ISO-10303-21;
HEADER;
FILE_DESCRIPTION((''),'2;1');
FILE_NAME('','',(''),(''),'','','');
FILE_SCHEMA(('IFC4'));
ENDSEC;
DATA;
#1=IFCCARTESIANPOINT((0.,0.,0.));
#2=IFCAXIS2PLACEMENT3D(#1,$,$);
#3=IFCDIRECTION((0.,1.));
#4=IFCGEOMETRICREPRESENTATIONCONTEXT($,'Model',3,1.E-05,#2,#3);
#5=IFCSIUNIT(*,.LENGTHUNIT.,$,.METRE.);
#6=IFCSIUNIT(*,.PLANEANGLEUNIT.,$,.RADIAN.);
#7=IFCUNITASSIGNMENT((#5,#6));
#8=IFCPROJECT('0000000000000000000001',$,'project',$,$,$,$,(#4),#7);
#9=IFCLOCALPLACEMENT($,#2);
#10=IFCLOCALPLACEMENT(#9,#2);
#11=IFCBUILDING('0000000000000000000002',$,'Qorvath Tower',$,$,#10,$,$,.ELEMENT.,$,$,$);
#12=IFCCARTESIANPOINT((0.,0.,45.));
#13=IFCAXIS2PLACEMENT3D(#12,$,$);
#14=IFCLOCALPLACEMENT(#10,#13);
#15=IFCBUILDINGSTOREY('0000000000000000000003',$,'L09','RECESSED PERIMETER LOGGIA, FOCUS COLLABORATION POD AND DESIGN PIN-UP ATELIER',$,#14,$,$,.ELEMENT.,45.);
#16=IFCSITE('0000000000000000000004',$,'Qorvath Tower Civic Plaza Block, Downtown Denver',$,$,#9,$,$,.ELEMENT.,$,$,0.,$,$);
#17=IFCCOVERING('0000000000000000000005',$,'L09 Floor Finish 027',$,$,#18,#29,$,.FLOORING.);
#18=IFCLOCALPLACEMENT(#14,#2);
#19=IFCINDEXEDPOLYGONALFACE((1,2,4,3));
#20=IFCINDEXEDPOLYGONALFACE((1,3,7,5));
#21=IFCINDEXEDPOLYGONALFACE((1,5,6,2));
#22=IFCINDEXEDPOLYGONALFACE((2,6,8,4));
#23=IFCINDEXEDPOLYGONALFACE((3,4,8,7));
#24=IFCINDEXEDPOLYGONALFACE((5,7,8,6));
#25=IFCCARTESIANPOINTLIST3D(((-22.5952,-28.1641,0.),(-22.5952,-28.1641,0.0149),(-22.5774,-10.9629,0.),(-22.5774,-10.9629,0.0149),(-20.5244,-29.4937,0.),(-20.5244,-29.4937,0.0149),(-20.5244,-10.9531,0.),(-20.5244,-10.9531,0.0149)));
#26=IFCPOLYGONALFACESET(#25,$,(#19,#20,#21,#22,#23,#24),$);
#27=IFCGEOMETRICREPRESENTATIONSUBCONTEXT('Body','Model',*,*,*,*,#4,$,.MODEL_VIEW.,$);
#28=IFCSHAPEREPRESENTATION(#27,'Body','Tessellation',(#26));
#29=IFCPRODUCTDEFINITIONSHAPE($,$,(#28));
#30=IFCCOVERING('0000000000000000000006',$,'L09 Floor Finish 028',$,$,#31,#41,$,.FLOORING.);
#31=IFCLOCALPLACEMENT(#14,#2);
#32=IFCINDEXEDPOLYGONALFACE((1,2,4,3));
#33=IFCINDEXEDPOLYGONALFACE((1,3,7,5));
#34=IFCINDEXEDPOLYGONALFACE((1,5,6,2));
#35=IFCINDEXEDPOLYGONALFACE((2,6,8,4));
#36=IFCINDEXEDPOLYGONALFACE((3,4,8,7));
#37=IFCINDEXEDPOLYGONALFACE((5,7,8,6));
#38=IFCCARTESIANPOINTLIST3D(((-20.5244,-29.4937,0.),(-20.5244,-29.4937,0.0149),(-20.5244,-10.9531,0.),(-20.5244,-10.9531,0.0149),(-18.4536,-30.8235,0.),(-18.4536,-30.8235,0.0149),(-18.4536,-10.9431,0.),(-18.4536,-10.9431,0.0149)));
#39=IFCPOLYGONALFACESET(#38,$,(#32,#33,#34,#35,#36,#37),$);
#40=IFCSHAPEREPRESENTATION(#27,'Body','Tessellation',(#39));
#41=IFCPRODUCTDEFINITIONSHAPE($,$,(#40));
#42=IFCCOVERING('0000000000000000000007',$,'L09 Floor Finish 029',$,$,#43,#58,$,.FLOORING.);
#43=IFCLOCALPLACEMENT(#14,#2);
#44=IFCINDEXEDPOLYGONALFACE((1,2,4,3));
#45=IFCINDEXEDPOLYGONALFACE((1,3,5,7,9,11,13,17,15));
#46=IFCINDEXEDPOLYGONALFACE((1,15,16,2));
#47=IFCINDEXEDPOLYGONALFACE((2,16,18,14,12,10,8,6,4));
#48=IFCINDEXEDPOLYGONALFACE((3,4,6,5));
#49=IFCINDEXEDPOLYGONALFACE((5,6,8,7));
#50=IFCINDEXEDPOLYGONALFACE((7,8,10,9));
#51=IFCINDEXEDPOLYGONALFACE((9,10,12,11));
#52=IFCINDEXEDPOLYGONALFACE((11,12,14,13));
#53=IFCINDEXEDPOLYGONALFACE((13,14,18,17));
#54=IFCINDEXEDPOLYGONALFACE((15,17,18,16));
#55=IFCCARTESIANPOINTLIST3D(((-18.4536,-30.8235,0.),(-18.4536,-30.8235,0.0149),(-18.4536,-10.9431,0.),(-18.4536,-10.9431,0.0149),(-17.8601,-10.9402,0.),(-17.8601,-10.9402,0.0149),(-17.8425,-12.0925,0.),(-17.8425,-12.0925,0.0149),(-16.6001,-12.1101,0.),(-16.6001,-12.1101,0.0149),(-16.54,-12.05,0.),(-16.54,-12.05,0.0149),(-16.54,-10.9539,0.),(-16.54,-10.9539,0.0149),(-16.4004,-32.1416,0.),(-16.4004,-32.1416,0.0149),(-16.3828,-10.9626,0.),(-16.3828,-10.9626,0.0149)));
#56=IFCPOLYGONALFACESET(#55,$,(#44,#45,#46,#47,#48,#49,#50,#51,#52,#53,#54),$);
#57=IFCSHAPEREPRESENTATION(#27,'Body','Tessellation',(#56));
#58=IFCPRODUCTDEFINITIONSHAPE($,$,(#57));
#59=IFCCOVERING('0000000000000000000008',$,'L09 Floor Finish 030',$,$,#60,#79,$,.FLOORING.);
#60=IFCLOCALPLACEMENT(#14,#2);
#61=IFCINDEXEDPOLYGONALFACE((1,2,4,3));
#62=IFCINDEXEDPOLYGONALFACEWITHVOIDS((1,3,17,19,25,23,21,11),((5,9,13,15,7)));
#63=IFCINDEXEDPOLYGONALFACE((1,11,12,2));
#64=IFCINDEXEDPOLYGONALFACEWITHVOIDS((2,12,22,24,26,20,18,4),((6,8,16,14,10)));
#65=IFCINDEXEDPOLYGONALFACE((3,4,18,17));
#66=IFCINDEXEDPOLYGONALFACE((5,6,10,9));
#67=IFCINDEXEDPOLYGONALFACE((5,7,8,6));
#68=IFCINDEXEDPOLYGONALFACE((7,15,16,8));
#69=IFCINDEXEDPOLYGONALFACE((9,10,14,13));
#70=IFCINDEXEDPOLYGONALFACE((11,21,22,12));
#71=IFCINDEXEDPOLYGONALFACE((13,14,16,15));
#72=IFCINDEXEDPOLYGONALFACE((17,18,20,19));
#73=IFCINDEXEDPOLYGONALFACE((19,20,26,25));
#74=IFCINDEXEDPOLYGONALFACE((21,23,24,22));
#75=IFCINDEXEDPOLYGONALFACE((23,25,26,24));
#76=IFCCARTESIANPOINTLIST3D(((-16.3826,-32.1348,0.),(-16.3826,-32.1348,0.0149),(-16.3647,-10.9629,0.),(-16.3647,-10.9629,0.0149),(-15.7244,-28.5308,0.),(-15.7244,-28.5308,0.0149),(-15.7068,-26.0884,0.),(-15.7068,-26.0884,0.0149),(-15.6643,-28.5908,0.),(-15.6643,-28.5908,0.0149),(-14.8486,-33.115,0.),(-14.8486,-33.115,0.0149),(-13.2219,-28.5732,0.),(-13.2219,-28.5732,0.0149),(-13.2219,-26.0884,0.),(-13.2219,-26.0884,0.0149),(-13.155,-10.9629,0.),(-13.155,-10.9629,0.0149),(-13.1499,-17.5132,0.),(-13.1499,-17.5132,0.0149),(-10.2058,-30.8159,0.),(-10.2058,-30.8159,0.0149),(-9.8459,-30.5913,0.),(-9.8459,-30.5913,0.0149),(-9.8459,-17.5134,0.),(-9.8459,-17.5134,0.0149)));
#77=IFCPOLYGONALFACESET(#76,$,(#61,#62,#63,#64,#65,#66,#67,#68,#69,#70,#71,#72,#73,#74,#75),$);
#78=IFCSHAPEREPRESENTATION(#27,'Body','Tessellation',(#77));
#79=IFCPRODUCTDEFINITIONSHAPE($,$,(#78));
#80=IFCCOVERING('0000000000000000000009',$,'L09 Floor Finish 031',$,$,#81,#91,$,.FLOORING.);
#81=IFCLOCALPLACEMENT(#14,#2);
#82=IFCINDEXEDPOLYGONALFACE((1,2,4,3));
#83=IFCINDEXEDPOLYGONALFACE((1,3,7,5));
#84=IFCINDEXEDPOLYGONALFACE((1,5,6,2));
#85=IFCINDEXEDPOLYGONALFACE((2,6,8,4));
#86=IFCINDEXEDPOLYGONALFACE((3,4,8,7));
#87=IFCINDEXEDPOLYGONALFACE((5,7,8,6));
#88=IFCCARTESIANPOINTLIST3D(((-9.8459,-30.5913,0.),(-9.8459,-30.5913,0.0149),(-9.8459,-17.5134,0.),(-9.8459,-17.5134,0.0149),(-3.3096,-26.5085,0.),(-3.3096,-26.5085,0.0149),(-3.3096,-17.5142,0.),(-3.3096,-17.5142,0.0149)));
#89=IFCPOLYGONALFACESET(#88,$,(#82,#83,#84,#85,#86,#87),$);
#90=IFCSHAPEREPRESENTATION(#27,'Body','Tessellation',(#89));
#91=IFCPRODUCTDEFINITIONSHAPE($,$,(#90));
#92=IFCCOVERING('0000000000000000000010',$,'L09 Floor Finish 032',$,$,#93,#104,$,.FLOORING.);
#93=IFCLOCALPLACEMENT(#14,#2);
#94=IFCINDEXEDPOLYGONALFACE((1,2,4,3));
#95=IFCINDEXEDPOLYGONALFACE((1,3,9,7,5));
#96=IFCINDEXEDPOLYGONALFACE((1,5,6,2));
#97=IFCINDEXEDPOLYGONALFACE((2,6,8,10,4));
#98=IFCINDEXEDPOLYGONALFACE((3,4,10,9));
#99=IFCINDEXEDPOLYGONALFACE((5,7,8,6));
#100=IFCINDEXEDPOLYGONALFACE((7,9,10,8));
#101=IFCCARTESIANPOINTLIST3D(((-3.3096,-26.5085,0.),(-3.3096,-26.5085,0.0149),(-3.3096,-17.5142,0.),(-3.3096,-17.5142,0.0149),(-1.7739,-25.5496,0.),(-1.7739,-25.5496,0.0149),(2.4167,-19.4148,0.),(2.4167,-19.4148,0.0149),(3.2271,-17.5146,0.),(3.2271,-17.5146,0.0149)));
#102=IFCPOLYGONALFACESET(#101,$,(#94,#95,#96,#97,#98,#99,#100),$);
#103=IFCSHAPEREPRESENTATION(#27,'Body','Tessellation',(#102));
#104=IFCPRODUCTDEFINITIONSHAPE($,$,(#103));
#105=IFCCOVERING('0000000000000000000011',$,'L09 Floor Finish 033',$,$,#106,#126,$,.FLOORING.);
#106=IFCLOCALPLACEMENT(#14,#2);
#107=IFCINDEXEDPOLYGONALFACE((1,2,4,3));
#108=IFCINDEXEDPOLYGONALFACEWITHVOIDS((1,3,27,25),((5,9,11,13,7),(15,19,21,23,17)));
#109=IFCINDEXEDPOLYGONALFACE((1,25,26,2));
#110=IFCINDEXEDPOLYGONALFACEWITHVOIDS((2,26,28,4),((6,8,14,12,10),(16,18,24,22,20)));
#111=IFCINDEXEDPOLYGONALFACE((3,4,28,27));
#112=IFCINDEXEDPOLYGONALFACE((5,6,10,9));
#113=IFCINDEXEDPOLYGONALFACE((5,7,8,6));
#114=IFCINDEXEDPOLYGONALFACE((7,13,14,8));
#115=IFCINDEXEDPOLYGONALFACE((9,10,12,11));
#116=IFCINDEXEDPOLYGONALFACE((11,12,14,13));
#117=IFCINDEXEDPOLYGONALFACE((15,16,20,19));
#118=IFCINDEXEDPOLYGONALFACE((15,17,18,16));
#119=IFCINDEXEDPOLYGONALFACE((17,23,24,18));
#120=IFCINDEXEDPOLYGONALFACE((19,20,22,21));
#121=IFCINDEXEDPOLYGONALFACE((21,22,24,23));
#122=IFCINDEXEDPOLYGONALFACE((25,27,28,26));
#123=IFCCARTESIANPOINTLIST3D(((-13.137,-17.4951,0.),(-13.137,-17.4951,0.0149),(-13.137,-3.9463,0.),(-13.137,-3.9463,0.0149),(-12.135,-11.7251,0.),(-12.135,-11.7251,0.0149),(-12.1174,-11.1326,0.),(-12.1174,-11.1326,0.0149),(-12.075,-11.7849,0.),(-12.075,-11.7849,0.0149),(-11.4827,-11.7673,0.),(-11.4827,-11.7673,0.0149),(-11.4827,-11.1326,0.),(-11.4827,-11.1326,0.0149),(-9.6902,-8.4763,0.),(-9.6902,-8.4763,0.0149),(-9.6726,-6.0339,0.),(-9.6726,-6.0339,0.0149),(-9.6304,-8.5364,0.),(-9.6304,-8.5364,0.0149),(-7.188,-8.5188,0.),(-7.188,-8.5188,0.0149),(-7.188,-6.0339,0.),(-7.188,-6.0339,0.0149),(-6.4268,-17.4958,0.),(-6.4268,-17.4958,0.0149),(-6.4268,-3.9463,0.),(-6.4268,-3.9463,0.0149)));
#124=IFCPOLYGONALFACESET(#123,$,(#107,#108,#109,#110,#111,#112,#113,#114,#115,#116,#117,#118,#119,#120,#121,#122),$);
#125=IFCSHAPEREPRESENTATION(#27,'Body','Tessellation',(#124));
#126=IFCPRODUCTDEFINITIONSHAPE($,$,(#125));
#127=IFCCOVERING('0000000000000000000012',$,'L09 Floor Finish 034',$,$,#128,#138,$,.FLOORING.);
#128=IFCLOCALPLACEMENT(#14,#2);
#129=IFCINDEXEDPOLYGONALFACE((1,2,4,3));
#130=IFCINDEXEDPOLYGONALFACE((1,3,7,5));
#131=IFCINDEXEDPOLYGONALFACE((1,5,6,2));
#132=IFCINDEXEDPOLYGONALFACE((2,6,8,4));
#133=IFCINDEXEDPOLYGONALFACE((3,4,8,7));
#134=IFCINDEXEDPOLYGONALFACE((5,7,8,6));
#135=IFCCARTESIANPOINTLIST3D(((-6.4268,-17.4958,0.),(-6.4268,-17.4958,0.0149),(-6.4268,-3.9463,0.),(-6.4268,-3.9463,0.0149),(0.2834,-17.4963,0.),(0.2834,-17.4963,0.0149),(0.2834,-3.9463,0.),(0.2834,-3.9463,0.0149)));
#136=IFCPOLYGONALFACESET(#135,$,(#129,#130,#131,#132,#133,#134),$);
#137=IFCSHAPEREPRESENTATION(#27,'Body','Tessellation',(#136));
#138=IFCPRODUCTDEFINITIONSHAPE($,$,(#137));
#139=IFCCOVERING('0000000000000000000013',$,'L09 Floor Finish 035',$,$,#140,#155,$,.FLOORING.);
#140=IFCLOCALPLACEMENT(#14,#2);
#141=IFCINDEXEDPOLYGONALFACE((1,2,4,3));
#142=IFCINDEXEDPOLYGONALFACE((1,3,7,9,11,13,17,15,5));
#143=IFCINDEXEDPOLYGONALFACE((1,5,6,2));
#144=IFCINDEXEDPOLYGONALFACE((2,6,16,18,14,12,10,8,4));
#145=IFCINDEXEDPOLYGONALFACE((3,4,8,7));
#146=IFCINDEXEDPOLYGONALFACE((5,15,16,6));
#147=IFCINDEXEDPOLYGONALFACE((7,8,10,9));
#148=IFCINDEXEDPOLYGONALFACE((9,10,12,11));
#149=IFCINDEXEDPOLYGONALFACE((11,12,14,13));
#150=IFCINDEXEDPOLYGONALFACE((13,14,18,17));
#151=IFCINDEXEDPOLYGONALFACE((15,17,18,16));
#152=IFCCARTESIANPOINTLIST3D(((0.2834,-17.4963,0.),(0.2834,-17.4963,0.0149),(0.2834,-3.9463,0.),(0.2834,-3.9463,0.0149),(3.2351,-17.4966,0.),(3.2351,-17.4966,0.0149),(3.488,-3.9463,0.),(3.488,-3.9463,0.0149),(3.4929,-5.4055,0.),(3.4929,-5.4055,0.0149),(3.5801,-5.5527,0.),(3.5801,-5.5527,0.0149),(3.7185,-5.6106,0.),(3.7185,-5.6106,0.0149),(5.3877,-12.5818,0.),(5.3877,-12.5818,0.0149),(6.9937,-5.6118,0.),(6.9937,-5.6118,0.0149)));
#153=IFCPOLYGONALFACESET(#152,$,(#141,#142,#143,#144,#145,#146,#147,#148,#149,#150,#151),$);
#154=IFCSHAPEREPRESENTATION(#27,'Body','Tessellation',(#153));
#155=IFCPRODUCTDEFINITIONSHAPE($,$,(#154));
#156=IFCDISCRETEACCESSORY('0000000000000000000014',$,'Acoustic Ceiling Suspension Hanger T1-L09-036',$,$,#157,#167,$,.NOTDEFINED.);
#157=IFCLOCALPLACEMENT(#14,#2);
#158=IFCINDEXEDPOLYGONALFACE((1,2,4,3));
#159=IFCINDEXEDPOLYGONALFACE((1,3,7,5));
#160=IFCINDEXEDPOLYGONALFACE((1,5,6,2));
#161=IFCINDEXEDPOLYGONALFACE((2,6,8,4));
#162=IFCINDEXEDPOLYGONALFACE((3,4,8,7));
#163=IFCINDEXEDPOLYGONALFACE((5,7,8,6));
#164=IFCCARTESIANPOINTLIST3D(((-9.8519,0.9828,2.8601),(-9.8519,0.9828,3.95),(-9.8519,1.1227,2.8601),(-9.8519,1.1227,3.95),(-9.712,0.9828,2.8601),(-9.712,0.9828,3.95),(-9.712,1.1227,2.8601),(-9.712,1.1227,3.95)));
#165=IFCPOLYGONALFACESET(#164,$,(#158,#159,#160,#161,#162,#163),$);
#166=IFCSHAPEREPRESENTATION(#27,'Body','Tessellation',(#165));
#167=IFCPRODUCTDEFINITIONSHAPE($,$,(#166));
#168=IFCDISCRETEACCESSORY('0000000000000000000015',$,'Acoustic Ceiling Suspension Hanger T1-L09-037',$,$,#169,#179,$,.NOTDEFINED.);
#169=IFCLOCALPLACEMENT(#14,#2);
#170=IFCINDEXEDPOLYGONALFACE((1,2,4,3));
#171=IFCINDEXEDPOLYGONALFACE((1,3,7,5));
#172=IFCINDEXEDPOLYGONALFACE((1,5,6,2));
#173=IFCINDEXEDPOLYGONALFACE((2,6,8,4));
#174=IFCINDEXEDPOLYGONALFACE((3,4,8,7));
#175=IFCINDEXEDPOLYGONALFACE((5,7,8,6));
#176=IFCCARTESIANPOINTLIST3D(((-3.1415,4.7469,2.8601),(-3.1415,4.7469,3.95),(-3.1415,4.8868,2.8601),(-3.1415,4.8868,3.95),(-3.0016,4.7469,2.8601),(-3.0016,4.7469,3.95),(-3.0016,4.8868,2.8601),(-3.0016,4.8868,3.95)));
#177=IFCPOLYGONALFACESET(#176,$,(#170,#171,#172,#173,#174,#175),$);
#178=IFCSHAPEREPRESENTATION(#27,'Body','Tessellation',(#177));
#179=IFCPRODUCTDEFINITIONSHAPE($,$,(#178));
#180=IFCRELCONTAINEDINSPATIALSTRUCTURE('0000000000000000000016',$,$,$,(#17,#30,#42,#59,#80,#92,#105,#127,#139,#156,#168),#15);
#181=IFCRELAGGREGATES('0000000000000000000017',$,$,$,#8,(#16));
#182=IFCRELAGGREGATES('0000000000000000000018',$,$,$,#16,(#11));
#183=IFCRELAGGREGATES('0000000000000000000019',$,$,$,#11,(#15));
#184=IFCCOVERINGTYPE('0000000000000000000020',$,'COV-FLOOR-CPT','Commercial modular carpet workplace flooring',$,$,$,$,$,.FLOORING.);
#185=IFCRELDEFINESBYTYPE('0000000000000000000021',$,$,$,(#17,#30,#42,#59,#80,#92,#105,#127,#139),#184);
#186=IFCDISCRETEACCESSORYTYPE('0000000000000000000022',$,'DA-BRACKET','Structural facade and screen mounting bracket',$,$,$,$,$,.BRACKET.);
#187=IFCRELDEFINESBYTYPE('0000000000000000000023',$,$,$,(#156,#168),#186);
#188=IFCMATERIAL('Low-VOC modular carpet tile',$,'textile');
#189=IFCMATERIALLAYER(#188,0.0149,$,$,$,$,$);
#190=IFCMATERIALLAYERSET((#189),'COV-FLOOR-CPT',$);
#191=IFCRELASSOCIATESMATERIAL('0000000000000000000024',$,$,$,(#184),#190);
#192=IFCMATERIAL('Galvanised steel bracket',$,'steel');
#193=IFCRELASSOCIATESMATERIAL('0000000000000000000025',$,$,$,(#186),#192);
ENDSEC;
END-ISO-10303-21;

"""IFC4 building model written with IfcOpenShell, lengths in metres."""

from ifc_helpers import new_model, si_unit, direction, frame, origin, origin_2d, place, context, subcontext, project, spatial, polyline, rectangle, outline, extrude, material, layer, layer_set, type_object, element, save


model = new_model("IFC4")

# Units and contexts
model_context = context("Model", 3, precision=1e-05, world=origin(), true_north=direction((0.0, 1.0)))
body_context = subcontext(model_context, "Body", "Model", "MODEL_VIEW")
ifc_project = project(units=[si_unit("LENGTHUNIT", "METRE"), si_unit("PLANEANGLEUNIT", "RADIAN")], contexts=[model_context])

# Site, building, storey
site_placement = place(None, origin())
site = spatial("IfcSite", under=ifc_project, at=site_placement, Name="Qorvath Tower Civic Plaza Block, Downtown Denver", CompositionType="ELEMENT", RefElevation=0.0)
building_placement = place(site_placement, origin())
building = spatial("IfcBuilding", under=site, at=building_placement, Name="Qorvath Tower", CompositionType="ELEMENT")
storey_placement = place(building_placement, frame((0.0, 0.0, 45.0)))
storey = spatial("IfcBuildingStorey", under=building, at=storey_placement, Name="L09", Description="RECESSED PERIMETER LOGGIA, FOCUS COLLABORATION POD AND DESIGN PIN-UP ATELIER", CompositionType="ELEMENT", Elevation=45.0)

# Coverings
ifc_material_1 = material(Name="Low-VOC modular carpet tile", Category="textile")
ifc_layer_1 = layer(ifc_material_1, 0.0149)
ifc_layer_set_1 = layer_set([ifc_layer_1], Name="COV-FLOOR-CPT")
covering_type_1 = type_object("IfcCoveringType", Name="COV-FLOOR-CPT", Description="Commercial modular carpet workplace flooring", PredefinedType="FLOORING", material=ifc_layer_set_1)
covering_1_placement = place(storey_placement, origin())
element("IfcCovering", 1, at=covering_1_placement, inside=storey, type_object=covering_type_1, Name="L09 Floor Finish 027", PredefinedType="FLOORING", context=body_context, shape_type="SweptSolid", body=[
    extrude(outline(polyline([(-20.5244, -29.4937), (-20.5244, -10.9531), (-22.5774, -10.9629), (-22.5952, -28.1641), (-20.5244, -29.4937)])), origin(), (0.0, 0.0, 1.0), 0.0149),
])
covering_2_placement = place(storey_placement, origin())
element("IfcCovering", 2, at=covering_2_placement, inside=storey, type_object=covering_type_1, Name="L09 Floor Finish 028", PredefinedType="FLOORING", context=body_context, shape_type="SweptSolid", body=[
    extrude(outline(polyline([(-18.4536, -30.8235), (-18.4536, -10.9431), (-20.5244, -10.9531), (-20.5244, -29.4937), (-18.4536, -30.8235)])), origin(), (0.0, 0.0, 1.0), 0.0149),
])
covering_3_placement = place(storey_placement, origin())
element("IfcCovering", 3, at=covering_3_placement, inside=storey, type_object=covering_type_1, Name="L09 Floor Finish 029", PredefinedType="FLOORING", context=body_context, shape_type="SweptSolid", body=[
    extrude(outline(polyline([(-16.4004, -32.1416), (-16.3828, -10.9626), (-16.54, -10.9539), (-16.54, -12.05), (-16.6001, -12.1101), (-17.8425, -12.0925), (-17.8601, -10.9402), (-18.4536, -10.9431), (-18.4536, -30.8235), (-16.4004, -32.1416)])), origin(), (0.0, 0.0, 1.0), 0.0149),
])
covering_4_placement = place(storey_placement, origin())
element("IfcCovering", 4, at=covering_4_placement, inside=storey, type_object=covering_type_1, Name="L09 Floor Finish 030", PredefinedType="FLOORING", context=body_context, shape_type="SweptSolid", body=[
    extrude(outline(polyline([(-14.8486, -33.115), (-10.2058, -30.8159), (-9.8459, -30.5913), (-9.8459, -17.5134), (-13.1499, -17.5132), (-13.155, -10.9629), (-16.3647, -10.9629), (-16.3826, -32.1348), (-14.8486, -33.115)]), holes=[polyline([(-15.7244, -28.5308), (-15.7068, -26.0884), (-13.2219, -26.0884), (-13.2219, -28.5732), (-15.6643, -28.5908), (-15.7244, -28.5308)])]), origin(), (0.0, 0.0, 1.0), 0.0149),
])
covering_5_placement = place(storey_placement, origin())
element("IfcCovering", 5, at=covering_5_placement, inside=storey, type_object=covering_type_1, Name="L09 Floor Finish 031", PredefinedType="FLOORING", context=body_context, shape_type="SweptSolid", body=[
    extrude(outline(polyline([(-9.8459, -17.5134), (-9.8459, -30.5913), (-3.3096, -26.5085), (-3.3096, -17.5142), (-9.8459, -17.5134)])), origin(), (0.0, 0.0, 1.0), 0.0149),
])
covering_6_placement = place(storey_placement, origin())
element("IfcCovering", 6, at=covering_6_placement, inside=storey, type_object=covering_type_1, Name="L09 Floor Finish 032", PredefinedType="FLOORING", context=body_context, shape_type="SweptSolid", body=[
    extrude(outline(polyline([(-3.3096, -17.5142), (-3.3096, -26.5085), (-1.7739, -25.5496), (2.4167, -19.4148), (3.2271, -17.5146), (-3.3096, -17.5142)])), origin(), (0.0, 0.0, 1.0), 0.0149),
])
covering_7_placement = place(storey_placement, origin())
element("IfcCovering", 7, at=covering_7_placement, inside=storey, type_object=covering_type_1, Name="L09 Floor Finish 033", PredefinedType="FLOORING", context=body_context, shape_type="SweptSolid", body=[
    extrude(outline(polyline([(-6.4268, -17.4958), (-6.4268, -3.9463), (-13.137, -3.9463), (-13.137, -17.4951), (-6.4268, -17.4958)]), holes=[polyline([(-9.6902, -8.4763), (-9.6726, -6.0339), (-7.188, -6.0339), (-7.188, -8.5188), (-9.6304, -8.5364), (-9.6902, -8.4763)]), polyline([(-12.135, -11.7251), (-12.1174, -11.1326), (-11.4827, -11.1326), (-11.4827, -11.7673), (-12.075, -11.7849), (-12.135, -11.7251)])]), origin(), (0.0, 0.0, 1.0), 0.0149),
])
covering_8_placement = place(storey_placement, origin())
element("IfcCovering", 8, at=covering_8_placement, inside=storey, type_object=covering_type_1, Name="L09 Floor Finish 034", PredefinedType="FLOORING", context=body_context, shape_type="SweptSolid", body=[
    extrude(outline(polyline([(0.2834, -17.4963), (0.2834, -3.9463), (-6.4268, -3.9463), (-6.4268, -17.4958), (0.2834, -17.4963)])), origin(), (0.0, 0.0, 1.0), 0.0149),
])
covering_9_placement = place(storey_placement, origin())
element("IfcCovering", 9, at=covering_9_placement, inside=storey, type_object=covering_type_1, Name="L09 Floor Finish 035", PredefinedType="FLOORING", context=body_context, shape_type="SweptSolid", body=[
    extrude(outline(polyline([(3.5801, -5.5527), (3.4929, -5.4055), (3.488, -3.9463), (0.2834, -3.9463), (0.2834, -17.4963), (3.2351, -17.4966), (5.3877, -12.5818), (6.9937, -5.6118), (3.7185, -5.6106), (3.5801, -5.5527)])), origin(), (0.0, 0.0, 1.0), 0.0149),
])

# Discrete accessories
ifc_material_2 = material(Name="Galvanised steel bracket", Category="steel")
discrete_accessory_type = type_object("IfcDiscreteAccessoryType", Name="DA-BRACKET", Description="Structural facade and screen mounting bracket", PredefinedType="BRACKET", material=ifc_material_2)
for number, where, z_axis, x_axis, name in (
    (10, (-9.782, 1.0527, 2.8601), (0.0, 0.0, 1.0), (1.0, 0.0, 0.0), "Acoustic Ceiling Suspension Hanger T1-L09-036"),
    (11, (-3.0715, 4.8169, 2.8601), (0.0, 0.0, 1.0), (1.0, 0.0, 0.0), "Acoustic Ceiling Suspension Hanger T1-L09-037"),
):
    element("IfcDiscreteAccessory", number, at=place(storey_placement, frame(where, z_axis=z_axis, x_axis=x_axis)), inside=storey, type_object=discrete_accessory_type, Name=name, PredefinedType="NOTDEFINED", context=body_context, shape_type="SweptSolid", body=[
        extrude(rectangle(XDim=0.1399, YDim=0.1399, at=origin_2d()), origin(), (0.0, 0.0, 1.0), 1.0898),
    ])

save(model, "model.ifc")
